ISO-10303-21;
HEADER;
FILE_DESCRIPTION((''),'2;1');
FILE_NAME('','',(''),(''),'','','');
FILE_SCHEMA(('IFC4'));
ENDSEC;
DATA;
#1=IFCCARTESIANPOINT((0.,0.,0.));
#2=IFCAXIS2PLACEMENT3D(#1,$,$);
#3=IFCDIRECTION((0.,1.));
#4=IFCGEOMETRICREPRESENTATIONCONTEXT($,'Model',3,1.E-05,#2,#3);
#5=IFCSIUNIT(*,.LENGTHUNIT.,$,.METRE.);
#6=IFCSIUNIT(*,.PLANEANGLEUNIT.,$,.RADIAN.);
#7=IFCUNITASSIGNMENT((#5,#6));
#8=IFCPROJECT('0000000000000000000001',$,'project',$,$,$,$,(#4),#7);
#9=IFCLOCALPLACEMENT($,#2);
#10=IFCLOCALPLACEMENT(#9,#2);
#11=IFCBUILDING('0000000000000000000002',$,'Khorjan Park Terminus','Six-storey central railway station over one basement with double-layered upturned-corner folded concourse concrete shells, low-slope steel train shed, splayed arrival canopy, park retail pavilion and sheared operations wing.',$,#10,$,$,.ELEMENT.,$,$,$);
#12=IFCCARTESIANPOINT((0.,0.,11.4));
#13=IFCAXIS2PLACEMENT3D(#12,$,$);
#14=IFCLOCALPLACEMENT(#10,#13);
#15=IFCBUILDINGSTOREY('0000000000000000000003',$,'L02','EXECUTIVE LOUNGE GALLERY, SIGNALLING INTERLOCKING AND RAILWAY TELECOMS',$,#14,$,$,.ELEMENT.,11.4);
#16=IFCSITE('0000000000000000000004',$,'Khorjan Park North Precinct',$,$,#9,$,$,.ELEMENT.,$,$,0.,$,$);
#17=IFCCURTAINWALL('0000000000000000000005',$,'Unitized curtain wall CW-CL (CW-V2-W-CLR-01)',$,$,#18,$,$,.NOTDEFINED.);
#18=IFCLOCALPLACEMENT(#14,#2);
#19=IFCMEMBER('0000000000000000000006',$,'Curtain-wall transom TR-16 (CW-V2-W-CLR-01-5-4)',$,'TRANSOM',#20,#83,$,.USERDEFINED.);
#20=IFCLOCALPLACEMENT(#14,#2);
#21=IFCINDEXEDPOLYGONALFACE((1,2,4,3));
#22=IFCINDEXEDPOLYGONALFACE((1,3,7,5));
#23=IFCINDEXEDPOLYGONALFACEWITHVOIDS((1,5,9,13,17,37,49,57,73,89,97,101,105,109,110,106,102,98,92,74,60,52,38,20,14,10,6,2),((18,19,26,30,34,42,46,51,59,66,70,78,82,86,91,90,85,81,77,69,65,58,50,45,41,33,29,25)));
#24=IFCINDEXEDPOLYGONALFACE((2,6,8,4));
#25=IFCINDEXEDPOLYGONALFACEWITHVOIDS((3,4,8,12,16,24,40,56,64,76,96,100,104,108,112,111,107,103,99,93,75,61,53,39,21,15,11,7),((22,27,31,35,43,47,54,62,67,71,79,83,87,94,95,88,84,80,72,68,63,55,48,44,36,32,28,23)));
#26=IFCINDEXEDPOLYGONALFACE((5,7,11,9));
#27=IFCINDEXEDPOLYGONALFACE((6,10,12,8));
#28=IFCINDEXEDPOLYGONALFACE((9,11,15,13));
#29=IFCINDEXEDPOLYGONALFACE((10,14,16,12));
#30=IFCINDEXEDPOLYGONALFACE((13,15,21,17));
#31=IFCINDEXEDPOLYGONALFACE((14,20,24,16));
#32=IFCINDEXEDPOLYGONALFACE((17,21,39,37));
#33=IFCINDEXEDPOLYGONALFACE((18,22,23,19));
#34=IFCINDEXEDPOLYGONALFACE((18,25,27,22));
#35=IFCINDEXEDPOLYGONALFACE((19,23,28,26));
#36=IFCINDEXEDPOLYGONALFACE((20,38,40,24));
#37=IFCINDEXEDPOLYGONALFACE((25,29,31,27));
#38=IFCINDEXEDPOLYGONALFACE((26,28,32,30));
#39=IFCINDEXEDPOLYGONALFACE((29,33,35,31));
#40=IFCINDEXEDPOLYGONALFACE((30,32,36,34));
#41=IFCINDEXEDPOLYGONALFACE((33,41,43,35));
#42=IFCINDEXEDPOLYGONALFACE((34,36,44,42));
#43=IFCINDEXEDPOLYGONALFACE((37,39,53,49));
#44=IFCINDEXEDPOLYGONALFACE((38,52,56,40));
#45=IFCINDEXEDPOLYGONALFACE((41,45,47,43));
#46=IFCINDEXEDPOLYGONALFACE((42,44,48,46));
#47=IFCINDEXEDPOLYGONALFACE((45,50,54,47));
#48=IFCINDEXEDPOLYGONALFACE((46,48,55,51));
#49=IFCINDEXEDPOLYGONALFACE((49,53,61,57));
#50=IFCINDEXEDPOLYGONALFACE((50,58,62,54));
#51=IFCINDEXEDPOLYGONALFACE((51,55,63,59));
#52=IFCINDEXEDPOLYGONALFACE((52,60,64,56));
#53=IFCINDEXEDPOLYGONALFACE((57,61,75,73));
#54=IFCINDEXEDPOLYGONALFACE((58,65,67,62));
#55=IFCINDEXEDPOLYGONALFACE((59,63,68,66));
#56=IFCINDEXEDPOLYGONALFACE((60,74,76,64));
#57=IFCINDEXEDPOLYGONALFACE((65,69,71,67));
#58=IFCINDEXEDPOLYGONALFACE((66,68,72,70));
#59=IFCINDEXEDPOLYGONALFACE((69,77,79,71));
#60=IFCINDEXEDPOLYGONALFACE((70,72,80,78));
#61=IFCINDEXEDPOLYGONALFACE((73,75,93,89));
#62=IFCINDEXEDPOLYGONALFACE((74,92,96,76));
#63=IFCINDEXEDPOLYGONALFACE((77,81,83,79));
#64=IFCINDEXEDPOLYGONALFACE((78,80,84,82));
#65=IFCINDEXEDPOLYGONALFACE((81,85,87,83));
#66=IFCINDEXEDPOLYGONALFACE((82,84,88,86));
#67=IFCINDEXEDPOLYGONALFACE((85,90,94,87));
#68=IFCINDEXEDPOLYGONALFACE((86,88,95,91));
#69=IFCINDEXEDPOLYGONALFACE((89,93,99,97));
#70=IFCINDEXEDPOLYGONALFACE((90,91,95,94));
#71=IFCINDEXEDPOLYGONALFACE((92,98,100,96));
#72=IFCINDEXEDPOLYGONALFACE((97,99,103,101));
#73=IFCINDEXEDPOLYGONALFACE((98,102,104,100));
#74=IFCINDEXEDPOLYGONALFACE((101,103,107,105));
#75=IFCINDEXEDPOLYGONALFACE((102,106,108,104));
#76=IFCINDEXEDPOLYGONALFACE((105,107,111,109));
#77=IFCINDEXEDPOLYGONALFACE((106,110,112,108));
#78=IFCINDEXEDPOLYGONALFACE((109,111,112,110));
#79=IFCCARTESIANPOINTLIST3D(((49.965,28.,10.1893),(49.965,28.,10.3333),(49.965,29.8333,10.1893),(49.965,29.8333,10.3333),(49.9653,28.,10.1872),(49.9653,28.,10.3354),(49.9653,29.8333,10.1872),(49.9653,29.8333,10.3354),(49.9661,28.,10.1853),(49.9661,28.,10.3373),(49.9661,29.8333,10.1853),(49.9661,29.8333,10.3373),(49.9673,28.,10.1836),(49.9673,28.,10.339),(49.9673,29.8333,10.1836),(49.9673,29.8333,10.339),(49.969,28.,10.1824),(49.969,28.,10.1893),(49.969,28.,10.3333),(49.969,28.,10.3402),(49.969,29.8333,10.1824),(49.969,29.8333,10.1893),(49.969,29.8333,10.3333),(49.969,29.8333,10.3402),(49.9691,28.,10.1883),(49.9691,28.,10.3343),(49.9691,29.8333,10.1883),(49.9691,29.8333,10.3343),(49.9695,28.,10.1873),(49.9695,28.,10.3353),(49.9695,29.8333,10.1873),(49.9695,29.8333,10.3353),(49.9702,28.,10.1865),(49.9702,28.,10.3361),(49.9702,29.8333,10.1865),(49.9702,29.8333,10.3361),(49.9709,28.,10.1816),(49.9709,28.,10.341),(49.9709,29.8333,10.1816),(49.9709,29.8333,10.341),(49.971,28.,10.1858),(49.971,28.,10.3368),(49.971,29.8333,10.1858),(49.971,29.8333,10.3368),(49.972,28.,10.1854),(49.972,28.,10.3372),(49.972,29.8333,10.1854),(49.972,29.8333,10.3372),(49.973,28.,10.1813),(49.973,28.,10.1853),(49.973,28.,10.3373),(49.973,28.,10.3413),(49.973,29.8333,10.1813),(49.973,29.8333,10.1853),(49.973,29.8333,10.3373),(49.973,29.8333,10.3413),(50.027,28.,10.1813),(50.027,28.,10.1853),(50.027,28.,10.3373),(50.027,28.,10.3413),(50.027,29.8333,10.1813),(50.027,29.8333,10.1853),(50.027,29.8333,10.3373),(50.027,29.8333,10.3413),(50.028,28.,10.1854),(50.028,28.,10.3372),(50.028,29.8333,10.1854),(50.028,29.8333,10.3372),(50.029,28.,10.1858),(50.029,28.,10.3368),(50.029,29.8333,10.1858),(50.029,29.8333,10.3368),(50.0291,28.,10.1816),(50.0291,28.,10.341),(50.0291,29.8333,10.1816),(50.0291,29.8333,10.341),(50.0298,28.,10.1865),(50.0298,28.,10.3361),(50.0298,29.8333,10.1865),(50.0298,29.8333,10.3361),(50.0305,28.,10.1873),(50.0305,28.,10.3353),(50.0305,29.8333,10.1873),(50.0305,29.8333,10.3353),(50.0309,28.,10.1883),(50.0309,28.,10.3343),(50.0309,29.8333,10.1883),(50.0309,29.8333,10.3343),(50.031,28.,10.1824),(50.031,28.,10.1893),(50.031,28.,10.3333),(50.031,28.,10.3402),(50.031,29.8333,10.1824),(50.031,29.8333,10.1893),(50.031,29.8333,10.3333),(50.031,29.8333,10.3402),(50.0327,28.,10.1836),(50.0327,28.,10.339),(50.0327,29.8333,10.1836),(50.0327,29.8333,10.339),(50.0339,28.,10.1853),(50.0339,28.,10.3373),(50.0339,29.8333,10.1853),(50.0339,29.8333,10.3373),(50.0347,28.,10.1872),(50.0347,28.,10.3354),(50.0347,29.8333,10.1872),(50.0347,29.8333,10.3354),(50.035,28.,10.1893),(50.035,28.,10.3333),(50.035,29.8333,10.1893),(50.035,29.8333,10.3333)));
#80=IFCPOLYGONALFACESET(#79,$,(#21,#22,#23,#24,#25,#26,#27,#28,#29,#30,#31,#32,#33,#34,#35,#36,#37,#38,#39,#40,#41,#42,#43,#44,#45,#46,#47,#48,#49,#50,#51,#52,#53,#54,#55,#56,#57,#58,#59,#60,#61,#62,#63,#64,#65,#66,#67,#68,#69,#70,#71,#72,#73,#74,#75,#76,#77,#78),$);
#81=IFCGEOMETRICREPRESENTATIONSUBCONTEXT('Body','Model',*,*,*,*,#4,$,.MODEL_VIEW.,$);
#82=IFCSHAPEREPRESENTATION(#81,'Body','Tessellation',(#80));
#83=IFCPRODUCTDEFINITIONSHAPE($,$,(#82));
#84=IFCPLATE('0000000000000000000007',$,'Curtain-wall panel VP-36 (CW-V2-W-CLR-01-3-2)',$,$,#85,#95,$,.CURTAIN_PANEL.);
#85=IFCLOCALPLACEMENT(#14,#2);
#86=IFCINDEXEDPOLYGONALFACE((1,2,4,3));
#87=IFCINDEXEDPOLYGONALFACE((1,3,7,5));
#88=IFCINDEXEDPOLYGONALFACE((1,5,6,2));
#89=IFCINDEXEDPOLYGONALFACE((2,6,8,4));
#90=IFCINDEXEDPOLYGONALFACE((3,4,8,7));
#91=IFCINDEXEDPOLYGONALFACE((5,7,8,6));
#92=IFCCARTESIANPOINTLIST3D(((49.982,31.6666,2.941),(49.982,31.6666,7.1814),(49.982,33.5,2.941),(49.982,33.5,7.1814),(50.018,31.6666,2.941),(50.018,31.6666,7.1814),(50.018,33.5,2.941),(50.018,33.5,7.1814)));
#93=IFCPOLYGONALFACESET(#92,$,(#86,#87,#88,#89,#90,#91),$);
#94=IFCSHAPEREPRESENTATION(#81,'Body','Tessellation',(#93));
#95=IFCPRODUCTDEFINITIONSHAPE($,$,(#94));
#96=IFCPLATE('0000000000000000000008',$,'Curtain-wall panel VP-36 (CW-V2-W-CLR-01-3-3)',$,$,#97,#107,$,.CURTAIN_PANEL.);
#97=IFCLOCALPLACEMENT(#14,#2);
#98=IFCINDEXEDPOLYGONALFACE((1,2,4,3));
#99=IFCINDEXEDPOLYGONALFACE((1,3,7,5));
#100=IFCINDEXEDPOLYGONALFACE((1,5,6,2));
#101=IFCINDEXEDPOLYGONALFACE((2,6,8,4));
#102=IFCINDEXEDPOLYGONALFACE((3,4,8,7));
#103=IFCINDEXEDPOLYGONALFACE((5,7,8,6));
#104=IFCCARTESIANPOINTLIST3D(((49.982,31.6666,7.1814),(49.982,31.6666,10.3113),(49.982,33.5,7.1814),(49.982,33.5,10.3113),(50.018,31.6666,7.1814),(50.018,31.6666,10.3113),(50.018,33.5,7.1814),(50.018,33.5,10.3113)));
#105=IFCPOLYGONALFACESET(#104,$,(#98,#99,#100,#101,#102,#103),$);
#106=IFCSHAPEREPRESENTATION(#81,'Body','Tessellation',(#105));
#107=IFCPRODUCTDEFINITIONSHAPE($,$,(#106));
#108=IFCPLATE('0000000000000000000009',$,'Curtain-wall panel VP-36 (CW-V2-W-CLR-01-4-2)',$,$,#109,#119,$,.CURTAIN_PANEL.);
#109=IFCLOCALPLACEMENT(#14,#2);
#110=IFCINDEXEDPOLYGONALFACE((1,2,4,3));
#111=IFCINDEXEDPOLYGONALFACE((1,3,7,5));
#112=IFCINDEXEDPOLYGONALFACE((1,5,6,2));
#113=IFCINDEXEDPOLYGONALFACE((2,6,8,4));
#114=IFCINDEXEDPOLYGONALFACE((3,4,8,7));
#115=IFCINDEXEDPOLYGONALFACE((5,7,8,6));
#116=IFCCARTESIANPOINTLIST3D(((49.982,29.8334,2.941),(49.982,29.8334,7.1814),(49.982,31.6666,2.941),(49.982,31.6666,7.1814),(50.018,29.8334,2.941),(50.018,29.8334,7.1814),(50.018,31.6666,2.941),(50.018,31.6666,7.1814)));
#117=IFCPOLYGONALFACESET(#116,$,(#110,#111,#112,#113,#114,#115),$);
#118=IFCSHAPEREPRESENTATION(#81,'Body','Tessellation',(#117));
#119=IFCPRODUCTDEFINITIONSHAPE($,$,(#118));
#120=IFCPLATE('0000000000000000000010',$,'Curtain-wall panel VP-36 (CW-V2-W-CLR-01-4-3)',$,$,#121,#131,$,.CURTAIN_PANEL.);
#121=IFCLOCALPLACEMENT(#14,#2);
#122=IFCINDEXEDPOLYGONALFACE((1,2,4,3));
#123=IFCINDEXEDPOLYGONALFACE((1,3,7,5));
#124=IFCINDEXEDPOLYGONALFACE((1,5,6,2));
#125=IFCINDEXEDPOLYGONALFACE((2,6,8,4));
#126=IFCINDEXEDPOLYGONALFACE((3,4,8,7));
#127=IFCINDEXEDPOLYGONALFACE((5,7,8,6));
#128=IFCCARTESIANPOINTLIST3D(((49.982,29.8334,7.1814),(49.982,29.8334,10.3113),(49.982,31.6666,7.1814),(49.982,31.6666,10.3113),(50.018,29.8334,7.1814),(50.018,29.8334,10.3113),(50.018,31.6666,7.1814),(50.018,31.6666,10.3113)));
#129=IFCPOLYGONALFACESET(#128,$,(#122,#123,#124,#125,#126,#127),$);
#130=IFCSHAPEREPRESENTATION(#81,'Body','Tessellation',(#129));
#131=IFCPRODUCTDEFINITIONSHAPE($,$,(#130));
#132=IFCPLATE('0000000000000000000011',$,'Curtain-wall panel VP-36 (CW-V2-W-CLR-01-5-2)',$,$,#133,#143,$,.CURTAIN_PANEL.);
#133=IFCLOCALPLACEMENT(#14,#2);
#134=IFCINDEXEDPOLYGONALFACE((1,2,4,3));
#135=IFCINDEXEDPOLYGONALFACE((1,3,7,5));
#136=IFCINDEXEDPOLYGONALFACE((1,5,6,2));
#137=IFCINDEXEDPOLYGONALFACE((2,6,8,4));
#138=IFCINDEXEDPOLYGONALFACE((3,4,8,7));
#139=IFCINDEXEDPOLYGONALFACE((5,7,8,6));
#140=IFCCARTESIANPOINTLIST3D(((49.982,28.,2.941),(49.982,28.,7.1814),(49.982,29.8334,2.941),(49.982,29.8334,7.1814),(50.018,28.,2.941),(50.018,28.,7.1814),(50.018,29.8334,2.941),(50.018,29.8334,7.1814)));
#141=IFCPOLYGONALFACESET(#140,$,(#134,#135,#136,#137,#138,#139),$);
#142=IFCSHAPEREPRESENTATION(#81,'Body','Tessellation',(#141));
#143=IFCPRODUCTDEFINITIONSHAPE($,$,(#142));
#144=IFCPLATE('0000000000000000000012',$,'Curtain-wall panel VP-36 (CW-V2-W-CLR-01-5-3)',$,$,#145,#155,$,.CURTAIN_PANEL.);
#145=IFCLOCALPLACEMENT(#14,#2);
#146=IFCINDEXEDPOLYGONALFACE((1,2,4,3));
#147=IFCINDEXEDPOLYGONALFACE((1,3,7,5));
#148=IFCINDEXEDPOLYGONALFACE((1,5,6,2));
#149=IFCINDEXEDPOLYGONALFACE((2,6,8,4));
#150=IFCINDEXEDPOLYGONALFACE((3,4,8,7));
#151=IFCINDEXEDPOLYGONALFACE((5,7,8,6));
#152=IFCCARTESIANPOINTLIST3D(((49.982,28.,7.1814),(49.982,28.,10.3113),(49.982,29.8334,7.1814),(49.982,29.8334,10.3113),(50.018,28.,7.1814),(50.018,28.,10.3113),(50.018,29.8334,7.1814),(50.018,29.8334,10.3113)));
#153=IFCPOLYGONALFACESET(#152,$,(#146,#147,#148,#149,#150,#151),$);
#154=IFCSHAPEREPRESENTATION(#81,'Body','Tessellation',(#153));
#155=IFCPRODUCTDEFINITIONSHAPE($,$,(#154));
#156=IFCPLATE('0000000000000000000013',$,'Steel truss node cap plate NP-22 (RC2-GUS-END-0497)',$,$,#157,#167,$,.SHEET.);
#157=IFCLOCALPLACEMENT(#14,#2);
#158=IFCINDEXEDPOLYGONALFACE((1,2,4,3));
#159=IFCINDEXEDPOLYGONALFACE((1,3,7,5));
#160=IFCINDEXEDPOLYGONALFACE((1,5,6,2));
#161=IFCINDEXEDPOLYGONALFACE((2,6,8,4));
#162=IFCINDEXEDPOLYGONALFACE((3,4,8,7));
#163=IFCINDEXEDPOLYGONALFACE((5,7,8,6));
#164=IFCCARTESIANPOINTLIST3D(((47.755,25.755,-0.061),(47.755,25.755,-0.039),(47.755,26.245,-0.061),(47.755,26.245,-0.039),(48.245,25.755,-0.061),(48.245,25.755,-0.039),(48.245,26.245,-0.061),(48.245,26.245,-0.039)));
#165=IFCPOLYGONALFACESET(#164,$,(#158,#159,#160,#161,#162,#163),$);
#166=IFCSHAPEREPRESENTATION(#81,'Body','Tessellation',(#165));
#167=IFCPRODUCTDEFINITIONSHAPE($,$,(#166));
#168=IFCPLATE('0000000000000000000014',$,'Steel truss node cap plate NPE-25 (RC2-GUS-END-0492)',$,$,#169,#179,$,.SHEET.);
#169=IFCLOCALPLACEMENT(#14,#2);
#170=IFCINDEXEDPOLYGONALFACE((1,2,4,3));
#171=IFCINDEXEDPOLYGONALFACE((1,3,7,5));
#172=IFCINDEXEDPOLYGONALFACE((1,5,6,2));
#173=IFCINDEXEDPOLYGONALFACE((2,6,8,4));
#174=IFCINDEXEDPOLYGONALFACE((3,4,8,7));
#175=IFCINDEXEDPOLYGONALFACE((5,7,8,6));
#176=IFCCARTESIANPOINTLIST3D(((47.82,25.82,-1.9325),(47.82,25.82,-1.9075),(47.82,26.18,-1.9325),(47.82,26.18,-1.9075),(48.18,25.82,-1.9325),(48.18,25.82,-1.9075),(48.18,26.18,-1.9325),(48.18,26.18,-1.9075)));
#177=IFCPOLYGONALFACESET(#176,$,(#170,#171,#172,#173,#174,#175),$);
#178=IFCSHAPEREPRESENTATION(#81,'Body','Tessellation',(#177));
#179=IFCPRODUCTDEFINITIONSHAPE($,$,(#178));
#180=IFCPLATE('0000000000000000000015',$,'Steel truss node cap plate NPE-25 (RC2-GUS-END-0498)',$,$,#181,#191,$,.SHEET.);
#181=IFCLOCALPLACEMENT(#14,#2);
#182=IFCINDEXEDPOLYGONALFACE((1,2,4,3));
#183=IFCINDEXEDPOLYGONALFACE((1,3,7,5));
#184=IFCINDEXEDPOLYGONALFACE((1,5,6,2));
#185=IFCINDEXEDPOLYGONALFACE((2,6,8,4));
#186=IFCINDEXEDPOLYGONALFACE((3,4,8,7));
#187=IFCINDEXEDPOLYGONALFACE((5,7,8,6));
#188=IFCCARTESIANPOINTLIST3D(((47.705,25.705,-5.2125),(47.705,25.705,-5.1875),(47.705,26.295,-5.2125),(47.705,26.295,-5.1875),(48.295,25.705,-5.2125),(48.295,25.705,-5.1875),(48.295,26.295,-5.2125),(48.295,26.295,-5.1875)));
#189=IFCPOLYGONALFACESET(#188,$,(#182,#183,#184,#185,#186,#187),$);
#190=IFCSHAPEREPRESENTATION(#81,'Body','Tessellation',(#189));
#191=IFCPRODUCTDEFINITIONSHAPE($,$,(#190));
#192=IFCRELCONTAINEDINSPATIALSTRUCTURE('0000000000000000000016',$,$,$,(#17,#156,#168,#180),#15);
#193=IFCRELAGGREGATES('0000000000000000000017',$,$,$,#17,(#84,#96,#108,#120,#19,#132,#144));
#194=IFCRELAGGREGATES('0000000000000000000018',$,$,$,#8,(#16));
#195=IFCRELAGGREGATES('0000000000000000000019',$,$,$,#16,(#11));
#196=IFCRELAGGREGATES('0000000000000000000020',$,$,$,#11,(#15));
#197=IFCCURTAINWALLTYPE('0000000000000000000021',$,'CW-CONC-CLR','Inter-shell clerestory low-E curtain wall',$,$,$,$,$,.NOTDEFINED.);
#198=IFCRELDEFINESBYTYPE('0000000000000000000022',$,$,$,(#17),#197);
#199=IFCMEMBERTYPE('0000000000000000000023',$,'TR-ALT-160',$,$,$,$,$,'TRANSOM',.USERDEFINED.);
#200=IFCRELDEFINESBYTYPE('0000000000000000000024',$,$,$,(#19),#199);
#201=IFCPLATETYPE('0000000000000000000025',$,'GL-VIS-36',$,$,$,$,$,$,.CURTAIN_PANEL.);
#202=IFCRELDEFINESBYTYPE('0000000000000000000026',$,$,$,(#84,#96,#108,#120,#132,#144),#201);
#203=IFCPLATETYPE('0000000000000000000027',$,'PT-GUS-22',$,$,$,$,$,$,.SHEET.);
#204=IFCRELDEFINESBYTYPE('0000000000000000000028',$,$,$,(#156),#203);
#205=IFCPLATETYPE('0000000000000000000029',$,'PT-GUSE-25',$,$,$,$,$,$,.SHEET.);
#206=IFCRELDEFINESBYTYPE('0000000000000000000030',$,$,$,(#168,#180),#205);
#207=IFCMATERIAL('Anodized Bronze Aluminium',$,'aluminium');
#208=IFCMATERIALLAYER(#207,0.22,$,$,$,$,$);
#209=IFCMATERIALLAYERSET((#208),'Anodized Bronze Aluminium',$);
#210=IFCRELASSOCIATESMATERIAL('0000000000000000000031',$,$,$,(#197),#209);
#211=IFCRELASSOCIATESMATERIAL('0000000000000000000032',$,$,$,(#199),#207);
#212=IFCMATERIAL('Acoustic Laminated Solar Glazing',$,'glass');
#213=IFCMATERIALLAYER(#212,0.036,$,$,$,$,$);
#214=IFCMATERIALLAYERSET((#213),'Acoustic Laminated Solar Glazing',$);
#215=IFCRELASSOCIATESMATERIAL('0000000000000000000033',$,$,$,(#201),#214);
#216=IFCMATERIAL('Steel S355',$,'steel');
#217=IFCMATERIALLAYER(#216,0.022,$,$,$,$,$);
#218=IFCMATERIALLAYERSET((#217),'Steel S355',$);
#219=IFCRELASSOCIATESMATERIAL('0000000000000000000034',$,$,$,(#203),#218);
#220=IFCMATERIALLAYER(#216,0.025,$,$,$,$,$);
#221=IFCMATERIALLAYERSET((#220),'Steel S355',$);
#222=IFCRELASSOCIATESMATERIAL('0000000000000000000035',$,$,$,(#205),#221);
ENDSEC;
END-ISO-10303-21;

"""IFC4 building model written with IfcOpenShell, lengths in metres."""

from ifc_helpers import new_model, si_unit, direction, frame, origin, origin_2d, place, context, subcontext, project, spatial, rectangle, hollow_rectangle, extrude, material, layer, layer_set, material_profile, profile_set, type_object, element, aggregate, save


model = new_model("IFC4")

# Units and contexts
model_context = context("Model", 3, precision=1e-05, world=origin(), true_north=direction((0.0, 1.0)))
body_context = subcontext(model_context, "Body", "Model", "MODEL_VIEW")
ifc_project = project(units=[si_unit("LENGTHUNIT", "METRE"), si_unit("PLANEANGLEUNIT", "RADIAN")], contexts=[model_context])

# Site, building, storey
site_placement = place(None, origin())
site = spatial("IfcSite", under=ifc_project, at=site_placement, Name="Khorjan Park North Precinct", CompositionType="ELEMENT", RefElevation=0.0)
building_placement = place(site_placement, origin())
building = spatial("IfcBuilding", under=site, at=building_placement, Name="Khorjan Park Terminus", Description="Six-storey central railway station over one basement with double-layered upturned-corner folded concourse concrete shells, low-slope steel train shed, splayed arrival canopy, park retail pavilion and sheared operations wing.", CompositionType="ELEMENT")
storey_placement = place(building_placement, frame((0.0, 0.0, 11.4)))
storey = spatial("IfcBuildingStorey", under=building, at=storey_placement, Name="L02", Description="EXECUTIVE LOUNGE GALLERY, SIGNALLING INTERLOCKING AND RAILWAY TELECOMS", CompositionType="ELEMENT", Elevation=11.4)

# Shared definitions
ifc_material_1 = material(Name="Steel S355", Category="steel")

# Curtain wall
ifc_material_2 = material(Name="Anodized Bronze Aluminium", Category="aluminium")
ifc_layer_1 = layer(ifc_material_2, 0.22)
ifc_layer_set_1 = layer_set([ifc_layer_1], Name="Anodized Bronze Aluminium")
curtain_wall_type = type_object("IfcCurtainWallType", Name="CW-CONC-CLR", Description="Inter-shell clerestory low-E curtain wall", PredefinedType="NOTDEFINED", material=ifc_layer_set_1)
curtain_wall_placement = place(storey_placement, origin())
curtain_wall = element("IfcCurtainWall", 1, at=curtain_wall_placement, inside=storey, type_object=curtain_wall_type, Name="Unitized curtain wall CW-CL (CW-V2-W-CLR-01)", PredefinedType="NOTDEFINED")

# Member
ifc_material_profile_1 = material_profile(ifc_material_2, hollow_rectangle(XDim=0.07, YDim=0.16, WallThickness=0.004, InnerFilletRadius=0.004, OuterFilletRadius=0.008, at=origin_2d()), Name="ALT 70x160x4")
ifc_profile_set_1 = profile_set([ifc_material_profile_1], Name="Anodized Bronze Aluminium")
member_type_1 = type_object("IfcMemberType", Name="TR-ALT-160", ElementType="TRANSOM", PredefinedType="USERDEFINED", material=ifc_profile_set_1)
member_1_placement = place(storey_placement, frame((50.0, 29.8333, 10.2613), z_axis=(0.0, -1.0, 0.0), x_axis=(1.0, 0.0, 0.0)))
member_1 = element("IfcMember", 2, at=member_1_placement, type_object=member_type_1, Name="Curtain-wall transom TR-16 (CW-V2-W-CLR-01-5-4)", ObjectType="TRANSOM", PredefinedType="USERDEFINED", context=body_context, shape_type="SweptSolid", body=[
    extrude(hollow_rectangle(XDim=0.07, YDim=0.16, WallThickness=0.004, InnerFilletRadius=0.004, OuterFilletRadius=0.008, at=origin_2d()), origin(), (0.0, 0.0, 1.0), 1.8333),
])

# Plates
ifc_material_3 = material(Name="Acoustic Laminated Solar Glazing", Category="glass")
ifc_layer_2 = layer(ifc_material_3, 0.036)
ifc_layer_set_2 = layer_set([ifc_layer_2], Name="Acoustic Laminated Solar Glazing")
plate_type_1 = type_object("IfcPlateType", Name="GL-VIS-36", PredefinedType="CURTAIN_PANEL", material=ifc_layer_set_2)
plate_1_placement = place(storey_placement, frame((50.0, 32.5833, 2.941), z_axis=(0.0, 0.0, 1.0), x_axis=(0.0, -1.0, 0.0)))
plate_1 = element("IfcPlate", 3, at=plate_1_placement, type_object=plate_type_1, Name="Curtain-wall panel VP-36 (CW-V2-W-CLR-01-3-2)", PredefinedType="CURTAIN_PANEL", context=body_context, shape_type="SweptSolid", body=[
    extrude(rectangle(XDim=1.8333, YDim=0.036, at=origin_2d()), origin(), (0.0, 0.0, 1.0), 4.2404),
])
plate_2_placement = place(storey_placement, frame((50.0, 32.5833, 7.1814), z_axis=(0.0, 0.0, 1.0), x_axis=(0.0, -1.0, 0.0)))
plate_2 = element("IfcPlate", 4, at=plate_2_placement, type_object=plate_type_1, Name="Curtain-wall panel VP-36 (CW-V2-W-CLR-01-3-3)", PredefinedType="CURTAIN_PANEL", context=body_context, shape_type="SweptSolid", body=[
    extrude(rectangle(XDim=1.8333, YDim=0.036, at=origin_2d()), origin(), (0.0, 0.0, 1.0), 3.1299),
])
plate_3_placement = place(storey_placement, frame((50.0, 30.75, 2.941), z_axis=(0.0, 0.0, 1.0), x_axis=(0.0, -1.0, 0.0)))
plate_3 = element("IfcPlate", 5, at=plate_3_placement, type_object=plate_type_1, Name="Curtain-wall panel VP-36 (CW-V2-W-CLR-01-4-2)", PredefinedType="CURTAIN_PANEL", context=body_context, shape_type="SweptSolid", body=[
    extrude(rectangle(XDim=1.8333, YDim=0.036, at=origin_2d()), origin(), (0.0, 0.0, 1.0), 4.2404),
])
plate_4_placement = place(storey_placement, frame((50.0, 30.75, 7.1814), z_axis=(0.0, 0.0, 1.0), x_axis=(0.0, -1.0, 0.0)))
plate_4 = element("IfcPlate", 6, at=plate_4_placement, type_object=plate_type_1, Name="Curtain-wall panel VP-36 (CW-V2-W-CLR-01-4-3)", PredefinedType="CURTAIN_PANEL", context=body_context, shape_type="SweptSolid", body=[
    extrude(rectangle(XDim=1.8333, YDim=0.036, at=origin_2d()), origin(), (0.0, 0.0, 1.0), 3.1299),
])
plate_5_placement = place(storey_placement, frame((50.0, 28.9167, 2.941), z_axis=(0.0, 0.0, 1.0), x_axis=(0.0, -1.0, 0.0)))
plate_5 = element("IfcPlate", 7, at=plate_5_placement, type_object=plate_type_1, Name="Curtain-wall panel VP-36 (CW-V2-W-CLR-01-5-2)", PredefinedType="CURTAIN_PANEL", context=body_context, shape_type="SweptSolid", body=[
    extrude(rectangle(XDim=1.8333, YDim=0.036, at=origin_2d()), origin(), (0.0, 0.0, 1.0), 4.2404),
])
plate_6_placement = place(storey_placement, frame((50.0, 28.9167, 7.1814), z_axis=(0.0, 0.0, 1.0), x_axis=(0.0, -1.0, 0.0)))
plate_6 = element("IfcPlate", 8, at=plate_6_placement, type_object=plate_type_1, Name="Curtain-wall panel VP-36 (CW-V2-W-CLR-01-5-3)", PredefinedType="CURTAIN_PANEL", context=body_context, shape_type="SweptSolid", body=[
    extrude(rectangle(XDim=1.8333, YDim=0.036, at=origin_2d()), origin(), (0.0, 0.0, 1.0), 3.1299),
])

# Plates
ifc_layer_3 = layer(ifc_material_1, 0.022)
ifc_layer_set_3 = layer_set([ifc_layer_3], Name="Steel S355")
plate_type_2 = type_object("IfcPlateType", Name="PT-GUS-22", PredefinedType="SHEET", material=ifc_layer_set_3)
plate_7_placement = place(storey_placement, frame((48.0, 26.0, -0.061), z_axis=(0.0, 0.0, 1.0), x_axis=(1.0, 0.0, 0.0)))
element("IfcPlate", 9, at=plate_7_placement, inside=storey, type_object=plate_type_2, Name="Steel truss node cap plate NP-22 (RC2-GUS-END-0497)", PredefinedType="SHEET", context=body_context, shape_type="SweptSolid", body=[
    extrude(rectangle(XDim=0.49, YDim=0.49, at=origin_2d()), origin(), (0.0, 0.0, 1.0), 0.022),
])
ifc_layer_4 = layer(ifc_material_1, 0.025)
ifc_layer_set_4 = layer_set([ifc_layer_4], Name="Steel S355")
plate_type_3 = type_object("IfcPlateType", Name="PT-GUSE-25", PredefinedType="SHEET", material=ifc_layer_set_4)
plate_8_placement = place(storey_placement, frame((48.0, 26.0, -1.9325), z_axis=(0.0, 0.0, 1.0), x_axis=(1.0, 0.0, 0.0)))
element("IfcPlate", 10, at=plate_8_placement, inside=storey, type_object=plate_type_3, Name="Steel truss node cap plate NPE-25 (RC2-GUS-END-0492)", PredefinedType="SHEET", context=body_context, shape_type="SweptSolid", body=[
    extrude(rectangle(XDim=0.36, YDim=0.36, at=origin_2d()), origin(), (0.0, 0.0, 1.0), 0.025),
])
plate_9_placement = place(storey_placement, frame((48.0, 26.0, -5.2125), z_axis=(0.0, 0.0, 1.0), x_axis=(1.0, 0.0, 0.0)))
element("IfcPlate", 11, at=plate_9_placement, inside=storey, type_object=plate_type_3, Name="Steel truss node cap plate NPE-25 (RC2-GUS-END-0498)", PredefinedType="SHEET", context=body_context, shape_type="SweptSolid", body=[
    extrude(rectangle(XDim=0.59, YDim=0.59, at=origin_2d()), origin(), (0.0, 0.0, 1.0), 0.025),
])

aggregate(curtain_wall, [plate_1, plate_2, plate_3, plate_4, member_1, plate_5, plate_6])

save(model, "model.ifc")
